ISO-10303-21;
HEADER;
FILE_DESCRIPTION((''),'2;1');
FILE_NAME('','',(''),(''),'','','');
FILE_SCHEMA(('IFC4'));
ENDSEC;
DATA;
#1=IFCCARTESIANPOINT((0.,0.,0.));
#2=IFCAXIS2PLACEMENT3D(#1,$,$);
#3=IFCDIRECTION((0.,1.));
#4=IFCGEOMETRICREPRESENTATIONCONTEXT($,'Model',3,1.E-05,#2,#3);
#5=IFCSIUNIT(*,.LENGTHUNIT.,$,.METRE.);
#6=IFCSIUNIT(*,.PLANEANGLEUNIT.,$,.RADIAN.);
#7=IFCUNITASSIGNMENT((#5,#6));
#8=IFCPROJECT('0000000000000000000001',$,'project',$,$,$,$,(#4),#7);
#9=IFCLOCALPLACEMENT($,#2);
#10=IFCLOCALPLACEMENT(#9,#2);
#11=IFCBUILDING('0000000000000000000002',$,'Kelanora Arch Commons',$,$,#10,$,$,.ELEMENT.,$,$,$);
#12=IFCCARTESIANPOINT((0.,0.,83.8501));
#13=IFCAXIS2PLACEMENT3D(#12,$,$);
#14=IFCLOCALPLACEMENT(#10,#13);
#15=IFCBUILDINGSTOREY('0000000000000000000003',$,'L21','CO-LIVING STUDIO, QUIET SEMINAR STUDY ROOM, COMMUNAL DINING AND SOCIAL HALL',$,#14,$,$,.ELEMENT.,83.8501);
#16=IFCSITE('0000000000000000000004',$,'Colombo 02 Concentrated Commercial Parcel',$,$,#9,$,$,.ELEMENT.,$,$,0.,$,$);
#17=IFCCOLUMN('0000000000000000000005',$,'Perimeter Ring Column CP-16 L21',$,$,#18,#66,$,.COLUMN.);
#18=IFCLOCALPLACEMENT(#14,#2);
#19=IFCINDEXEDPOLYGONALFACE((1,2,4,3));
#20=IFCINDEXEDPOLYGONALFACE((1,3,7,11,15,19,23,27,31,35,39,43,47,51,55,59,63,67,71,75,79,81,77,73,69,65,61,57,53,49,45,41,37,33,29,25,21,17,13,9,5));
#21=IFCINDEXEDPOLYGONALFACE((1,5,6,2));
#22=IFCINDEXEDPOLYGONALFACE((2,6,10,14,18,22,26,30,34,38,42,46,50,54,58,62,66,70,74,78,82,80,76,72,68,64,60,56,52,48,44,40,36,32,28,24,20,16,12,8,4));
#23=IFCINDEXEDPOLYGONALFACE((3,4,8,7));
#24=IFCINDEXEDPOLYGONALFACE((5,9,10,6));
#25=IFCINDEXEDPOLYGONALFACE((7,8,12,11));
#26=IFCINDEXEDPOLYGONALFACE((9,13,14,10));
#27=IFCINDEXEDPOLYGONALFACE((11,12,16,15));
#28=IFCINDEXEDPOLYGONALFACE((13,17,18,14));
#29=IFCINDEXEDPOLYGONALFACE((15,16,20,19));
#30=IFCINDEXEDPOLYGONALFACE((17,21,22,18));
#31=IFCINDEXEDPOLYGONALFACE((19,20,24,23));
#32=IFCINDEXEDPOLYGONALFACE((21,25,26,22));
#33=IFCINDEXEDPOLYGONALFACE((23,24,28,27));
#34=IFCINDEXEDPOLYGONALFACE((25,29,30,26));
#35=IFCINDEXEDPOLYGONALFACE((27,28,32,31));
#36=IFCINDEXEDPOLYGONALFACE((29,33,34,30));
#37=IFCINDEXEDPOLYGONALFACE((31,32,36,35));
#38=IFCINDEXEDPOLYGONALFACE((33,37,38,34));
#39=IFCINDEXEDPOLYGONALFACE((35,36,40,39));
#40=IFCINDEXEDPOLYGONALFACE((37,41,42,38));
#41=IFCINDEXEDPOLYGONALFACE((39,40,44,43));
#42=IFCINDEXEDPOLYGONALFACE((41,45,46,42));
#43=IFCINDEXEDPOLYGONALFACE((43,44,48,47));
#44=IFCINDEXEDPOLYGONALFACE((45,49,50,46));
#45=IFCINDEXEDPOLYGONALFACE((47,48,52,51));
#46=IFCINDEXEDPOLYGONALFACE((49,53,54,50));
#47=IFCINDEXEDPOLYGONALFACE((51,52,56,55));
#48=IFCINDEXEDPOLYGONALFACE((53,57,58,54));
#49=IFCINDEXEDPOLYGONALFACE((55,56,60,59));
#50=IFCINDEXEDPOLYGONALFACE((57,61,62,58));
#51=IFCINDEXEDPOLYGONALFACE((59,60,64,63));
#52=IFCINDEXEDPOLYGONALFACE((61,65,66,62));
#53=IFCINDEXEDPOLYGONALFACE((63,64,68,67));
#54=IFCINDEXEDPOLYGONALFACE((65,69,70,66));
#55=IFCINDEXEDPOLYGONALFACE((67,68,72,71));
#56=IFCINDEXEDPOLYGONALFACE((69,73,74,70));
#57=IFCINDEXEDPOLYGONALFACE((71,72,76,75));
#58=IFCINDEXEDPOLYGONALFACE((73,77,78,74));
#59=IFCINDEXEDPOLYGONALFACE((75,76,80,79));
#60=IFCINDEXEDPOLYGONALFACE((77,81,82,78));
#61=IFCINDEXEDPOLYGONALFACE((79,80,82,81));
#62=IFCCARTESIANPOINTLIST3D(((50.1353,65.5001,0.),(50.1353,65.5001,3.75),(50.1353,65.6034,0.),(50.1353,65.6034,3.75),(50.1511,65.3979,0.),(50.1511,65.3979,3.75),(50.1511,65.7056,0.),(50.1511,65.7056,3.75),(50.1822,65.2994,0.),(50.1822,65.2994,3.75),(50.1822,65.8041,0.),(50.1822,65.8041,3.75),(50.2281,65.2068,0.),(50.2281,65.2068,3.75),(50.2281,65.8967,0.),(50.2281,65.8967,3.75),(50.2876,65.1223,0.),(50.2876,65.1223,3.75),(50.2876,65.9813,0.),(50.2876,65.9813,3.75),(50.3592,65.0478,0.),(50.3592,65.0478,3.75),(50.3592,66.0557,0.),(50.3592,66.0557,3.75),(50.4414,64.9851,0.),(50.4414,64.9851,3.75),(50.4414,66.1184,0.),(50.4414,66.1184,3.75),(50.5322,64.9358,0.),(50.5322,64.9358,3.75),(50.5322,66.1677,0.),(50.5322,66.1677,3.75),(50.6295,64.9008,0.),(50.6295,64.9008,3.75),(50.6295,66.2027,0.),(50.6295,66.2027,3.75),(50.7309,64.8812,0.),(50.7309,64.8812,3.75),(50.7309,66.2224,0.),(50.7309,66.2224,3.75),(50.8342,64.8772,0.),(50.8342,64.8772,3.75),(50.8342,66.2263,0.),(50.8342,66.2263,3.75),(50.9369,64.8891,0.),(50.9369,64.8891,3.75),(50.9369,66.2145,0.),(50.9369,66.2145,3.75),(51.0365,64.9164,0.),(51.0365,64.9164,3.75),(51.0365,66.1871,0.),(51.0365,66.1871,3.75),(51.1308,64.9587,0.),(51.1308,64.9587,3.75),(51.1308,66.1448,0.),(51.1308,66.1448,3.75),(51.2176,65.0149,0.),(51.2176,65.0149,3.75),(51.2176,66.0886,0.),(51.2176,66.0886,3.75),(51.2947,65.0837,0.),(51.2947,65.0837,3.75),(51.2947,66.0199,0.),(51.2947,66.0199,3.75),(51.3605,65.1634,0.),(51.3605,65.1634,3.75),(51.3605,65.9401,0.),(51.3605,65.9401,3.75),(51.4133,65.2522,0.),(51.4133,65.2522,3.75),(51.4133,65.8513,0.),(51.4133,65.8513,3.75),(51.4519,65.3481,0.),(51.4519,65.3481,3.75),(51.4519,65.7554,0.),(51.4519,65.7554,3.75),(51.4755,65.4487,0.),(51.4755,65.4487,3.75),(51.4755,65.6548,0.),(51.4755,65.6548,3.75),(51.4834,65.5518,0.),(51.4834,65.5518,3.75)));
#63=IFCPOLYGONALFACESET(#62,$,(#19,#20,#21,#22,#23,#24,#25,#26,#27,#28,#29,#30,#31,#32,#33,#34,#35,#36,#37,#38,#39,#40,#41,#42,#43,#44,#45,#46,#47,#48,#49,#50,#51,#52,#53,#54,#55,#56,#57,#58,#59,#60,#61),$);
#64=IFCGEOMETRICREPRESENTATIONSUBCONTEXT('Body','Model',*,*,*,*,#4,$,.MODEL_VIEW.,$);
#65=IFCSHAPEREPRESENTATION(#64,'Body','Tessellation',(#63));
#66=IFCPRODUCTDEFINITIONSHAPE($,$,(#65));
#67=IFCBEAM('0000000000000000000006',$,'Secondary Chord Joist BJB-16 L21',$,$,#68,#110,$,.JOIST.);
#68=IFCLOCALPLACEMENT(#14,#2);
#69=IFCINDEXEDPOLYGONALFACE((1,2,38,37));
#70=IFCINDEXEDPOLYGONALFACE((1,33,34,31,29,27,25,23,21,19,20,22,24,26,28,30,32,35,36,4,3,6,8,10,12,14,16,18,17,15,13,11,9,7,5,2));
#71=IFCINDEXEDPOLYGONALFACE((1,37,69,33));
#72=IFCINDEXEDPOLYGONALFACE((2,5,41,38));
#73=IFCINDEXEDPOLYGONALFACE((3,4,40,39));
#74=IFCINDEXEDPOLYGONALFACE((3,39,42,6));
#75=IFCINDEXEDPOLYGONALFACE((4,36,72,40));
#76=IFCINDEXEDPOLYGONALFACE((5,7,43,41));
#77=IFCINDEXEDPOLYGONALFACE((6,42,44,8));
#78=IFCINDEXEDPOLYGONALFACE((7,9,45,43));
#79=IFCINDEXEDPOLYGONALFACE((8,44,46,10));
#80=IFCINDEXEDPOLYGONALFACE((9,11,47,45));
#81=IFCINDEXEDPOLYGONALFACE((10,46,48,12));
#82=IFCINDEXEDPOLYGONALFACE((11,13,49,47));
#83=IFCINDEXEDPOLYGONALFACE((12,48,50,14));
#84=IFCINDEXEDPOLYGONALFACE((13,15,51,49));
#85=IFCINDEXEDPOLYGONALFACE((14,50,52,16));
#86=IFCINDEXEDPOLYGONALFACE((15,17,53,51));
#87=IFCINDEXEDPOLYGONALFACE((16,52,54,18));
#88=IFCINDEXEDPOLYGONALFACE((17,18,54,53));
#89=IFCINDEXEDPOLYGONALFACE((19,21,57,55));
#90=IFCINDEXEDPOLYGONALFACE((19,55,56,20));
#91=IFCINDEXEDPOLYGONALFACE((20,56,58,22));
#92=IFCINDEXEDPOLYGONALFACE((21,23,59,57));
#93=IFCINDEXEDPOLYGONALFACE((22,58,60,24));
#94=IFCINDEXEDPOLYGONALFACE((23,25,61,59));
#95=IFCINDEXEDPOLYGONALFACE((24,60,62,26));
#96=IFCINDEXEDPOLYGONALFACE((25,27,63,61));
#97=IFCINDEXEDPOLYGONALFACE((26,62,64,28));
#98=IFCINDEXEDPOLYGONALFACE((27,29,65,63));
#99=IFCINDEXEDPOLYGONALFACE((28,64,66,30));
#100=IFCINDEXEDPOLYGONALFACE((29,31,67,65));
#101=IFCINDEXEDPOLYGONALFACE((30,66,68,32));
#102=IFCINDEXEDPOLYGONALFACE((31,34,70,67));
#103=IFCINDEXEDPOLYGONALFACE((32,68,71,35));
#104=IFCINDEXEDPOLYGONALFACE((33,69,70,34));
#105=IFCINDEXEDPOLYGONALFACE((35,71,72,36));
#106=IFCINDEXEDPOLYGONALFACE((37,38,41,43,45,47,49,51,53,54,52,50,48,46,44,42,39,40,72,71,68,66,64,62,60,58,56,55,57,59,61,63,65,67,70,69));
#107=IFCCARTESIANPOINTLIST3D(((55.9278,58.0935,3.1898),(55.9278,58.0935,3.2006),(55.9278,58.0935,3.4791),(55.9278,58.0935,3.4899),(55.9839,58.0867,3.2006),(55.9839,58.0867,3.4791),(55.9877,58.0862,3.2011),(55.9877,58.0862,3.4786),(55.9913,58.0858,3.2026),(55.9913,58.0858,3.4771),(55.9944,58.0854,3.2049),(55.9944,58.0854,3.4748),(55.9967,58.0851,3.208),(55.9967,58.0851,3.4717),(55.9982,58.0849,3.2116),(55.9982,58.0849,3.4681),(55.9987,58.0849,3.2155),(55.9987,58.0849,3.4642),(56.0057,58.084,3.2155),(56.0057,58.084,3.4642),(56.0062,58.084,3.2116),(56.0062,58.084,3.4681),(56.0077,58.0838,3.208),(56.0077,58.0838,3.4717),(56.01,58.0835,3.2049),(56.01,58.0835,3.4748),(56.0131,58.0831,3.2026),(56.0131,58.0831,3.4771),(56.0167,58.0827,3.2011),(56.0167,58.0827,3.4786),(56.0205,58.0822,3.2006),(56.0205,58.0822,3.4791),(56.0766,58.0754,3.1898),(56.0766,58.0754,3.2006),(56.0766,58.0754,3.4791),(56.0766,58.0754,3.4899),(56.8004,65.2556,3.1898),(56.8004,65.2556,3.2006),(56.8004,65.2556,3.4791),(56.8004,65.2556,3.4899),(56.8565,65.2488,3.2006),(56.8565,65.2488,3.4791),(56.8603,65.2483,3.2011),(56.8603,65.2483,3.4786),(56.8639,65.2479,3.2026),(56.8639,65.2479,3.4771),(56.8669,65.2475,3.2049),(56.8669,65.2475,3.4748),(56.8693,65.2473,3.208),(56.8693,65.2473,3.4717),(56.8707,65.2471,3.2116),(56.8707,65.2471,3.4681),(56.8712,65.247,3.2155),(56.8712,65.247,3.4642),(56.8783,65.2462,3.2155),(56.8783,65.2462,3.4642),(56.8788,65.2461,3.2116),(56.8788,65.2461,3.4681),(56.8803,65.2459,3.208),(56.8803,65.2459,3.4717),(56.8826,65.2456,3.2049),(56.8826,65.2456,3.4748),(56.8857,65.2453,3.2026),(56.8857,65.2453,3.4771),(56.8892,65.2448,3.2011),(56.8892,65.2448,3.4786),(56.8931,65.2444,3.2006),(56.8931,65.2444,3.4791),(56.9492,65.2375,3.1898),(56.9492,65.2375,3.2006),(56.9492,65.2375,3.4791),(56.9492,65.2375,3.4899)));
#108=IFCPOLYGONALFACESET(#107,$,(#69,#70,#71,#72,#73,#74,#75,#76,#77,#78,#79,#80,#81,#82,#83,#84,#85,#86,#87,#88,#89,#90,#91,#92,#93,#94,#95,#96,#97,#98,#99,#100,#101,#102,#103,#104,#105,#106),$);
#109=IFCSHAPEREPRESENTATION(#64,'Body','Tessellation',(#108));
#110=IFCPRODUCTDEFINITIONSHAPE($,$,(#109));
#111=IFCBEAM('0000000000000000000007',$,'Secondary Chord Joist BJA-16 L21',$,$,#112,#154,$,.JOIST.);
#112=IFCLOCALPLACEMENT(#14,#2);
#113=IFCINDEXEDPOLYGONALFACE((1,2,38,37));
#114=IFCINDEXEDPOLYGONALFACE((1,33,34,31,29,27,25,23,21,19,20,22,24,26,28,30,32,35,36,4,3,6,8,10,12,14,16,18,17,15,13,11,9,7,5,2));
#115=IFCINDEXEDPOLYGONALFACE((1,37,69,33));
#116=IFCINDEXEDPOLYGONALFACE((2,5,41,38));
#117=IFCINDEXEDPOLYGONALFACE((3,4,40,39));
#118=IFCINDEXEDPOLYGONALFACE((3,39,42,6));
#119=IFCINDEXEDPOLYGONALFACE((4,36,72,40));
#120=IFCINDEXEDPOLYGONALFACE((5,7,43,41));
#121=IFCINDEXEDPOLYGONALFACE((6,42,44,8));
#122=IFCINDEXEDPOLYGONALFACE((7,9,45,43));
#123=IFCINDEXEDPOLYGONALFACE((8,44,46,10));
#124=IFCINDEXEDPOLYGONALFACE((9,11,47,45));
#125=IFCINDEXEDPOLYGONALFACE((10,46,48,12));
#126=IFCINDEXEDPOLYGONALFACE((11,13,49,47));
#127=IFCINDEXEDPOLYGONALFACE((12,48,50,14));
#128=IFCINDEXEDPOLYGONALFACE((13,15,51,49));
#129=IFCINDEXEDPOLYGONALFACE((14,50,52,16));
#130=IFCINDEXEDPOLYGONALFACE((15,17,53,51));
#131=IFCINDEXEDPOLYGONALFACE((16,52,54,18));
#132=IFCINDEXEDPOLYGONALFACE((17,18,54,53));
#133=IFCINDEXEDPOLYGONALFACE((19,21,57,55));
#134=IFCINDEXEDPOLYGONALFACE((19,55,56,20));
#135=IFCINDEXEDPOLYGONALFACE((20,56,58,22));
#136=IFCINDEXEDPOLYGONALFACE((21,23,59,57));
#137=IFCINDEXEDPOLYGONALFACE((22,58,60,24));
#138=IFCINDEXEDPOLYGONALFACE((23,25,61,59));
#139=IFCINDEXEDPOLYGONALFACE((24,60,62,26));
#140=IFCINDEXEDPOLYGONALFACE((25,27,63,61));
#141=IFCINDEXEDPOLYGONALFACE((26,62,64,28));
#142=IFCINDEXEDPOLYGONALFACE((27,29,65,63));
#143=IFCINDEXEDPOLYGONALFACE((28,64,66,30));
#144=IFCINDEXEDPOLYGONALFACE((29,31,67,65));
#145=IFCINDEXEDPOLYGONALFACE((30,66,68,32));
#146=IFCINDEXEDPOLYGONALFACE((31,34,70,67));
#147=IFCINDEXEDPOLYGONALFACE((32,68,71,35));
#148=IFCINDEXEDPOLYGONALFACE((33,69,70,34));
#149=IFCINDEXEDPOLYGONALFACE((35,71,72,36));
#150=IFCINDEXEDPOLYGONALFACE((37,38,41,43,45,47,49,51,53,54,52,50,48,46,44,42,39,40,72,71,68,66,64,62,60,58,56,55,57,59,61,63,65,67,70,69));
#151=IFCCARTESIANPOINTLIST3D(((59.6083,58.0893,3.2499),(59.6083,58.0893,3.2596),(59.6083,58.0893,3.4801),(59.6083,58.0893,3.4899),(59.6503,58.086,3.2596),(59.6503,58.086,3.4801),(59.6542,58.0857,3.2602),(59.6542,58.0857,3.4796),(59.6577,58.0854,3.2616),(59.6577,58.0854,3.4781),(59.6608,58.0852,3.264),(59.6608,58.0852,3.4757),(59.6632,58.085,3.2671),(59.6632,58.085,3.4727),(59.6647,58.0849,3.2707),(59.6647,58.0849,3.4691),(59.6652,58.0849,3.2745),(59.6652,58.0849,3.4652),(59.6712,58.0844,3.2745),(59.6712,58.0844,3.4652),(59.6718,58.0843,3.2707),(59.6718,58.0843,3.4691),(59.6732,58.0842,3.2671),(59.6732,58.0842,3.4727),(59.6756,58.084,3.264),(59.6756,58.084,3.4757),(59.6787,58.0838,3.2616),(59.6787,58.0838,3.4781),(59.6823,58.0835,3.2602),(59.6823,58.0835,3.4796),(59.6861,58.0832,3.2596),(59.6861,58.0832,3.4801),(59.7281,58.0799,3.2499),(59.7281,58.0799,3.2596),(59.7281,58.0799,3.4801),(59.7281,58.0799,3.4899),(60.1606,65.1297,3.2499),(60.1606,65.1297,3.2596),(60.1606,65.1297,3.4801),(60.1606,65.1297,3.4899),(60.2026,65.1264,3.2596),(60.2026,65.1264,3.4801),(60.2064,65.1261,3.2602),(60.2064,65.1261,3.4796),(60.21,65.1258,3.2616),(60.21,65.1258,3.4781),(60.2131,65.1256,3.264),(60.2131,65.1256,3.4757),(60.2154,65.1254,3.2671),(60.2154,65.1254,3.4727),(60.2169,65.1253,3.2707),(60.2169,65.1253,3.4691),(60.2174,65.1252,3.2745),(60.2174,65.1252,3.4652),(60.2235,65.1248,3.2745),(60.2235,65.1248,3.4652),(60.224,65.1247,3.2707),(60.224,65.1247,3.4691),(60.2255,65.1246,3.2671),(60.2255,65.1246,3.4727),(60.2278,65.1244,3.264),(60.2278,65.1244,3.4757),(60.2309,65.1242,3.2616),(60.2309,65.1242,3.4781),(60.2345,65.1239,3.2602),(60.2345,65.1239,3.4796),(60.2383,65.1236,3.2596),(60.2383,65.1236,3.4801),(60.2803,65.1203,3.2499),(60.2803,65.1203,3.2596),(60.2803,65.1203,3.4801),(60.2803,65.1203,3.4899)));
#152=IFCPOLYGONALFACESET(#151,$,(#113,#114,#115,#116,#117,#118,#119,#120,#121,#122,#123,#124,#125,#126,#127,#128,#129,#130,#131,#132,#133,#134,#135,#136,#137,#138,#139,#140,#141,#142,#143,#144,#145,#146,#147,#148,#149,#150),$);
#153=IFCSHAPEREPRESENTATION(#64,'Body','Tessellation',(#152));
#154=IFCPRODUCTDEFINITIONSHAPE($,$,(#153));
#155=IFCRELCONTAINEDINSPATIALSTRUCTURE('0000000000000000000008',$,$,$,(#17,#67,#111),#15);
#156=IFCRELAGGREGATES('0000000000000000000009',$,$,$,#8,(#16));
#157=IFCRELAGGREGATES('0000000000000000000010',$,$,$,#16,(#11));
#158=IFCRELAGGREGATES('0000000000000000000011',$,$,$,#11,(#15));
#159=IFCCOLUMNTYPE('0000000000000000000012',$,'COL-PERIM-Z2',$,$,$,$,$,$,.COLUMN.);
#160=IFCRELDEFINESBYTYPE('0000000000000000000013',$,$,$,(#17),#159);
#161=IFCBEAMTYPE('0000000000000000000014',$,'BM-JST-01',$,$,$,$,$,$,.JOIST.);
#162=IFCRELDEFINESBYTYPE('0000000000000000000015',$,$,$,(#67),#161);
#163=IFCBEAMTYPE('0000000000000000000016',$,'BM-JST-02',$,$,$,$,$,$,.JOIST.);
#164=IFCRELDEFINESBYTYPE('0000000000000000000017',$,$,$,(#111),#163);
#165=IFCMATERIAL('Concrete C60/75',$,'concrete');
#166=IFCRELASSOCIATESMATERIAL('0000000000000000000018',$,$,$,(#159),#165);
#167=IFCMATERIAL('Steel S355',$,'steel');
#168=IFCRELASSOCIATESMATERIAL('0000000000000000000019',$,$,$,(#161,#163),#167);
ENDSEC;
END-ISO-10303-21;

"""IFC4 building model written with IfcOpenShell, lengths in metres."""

from ifc_helpers import new_model, si_unit, direction, frame, origin, origin_2d, place, context, subcontext, project, spatial, circle, i_section, extrude, material, material_profile, profile_set, type_object, element, save


model = new_model("IFC4")

# Units and contexts
model_context = context("Model", 3, precision=1e-05, world=origin(), true_north=direction((0.0, 1.0)))
body_context = subcontext(model_context, "Body", "Model", "MODEL_VIEW")
ifc_project = project(units=[si_unit("LENGTHUNIT", "METRE"), si_unit("PLANEANGLEUNIT", "RADIAN")], contexts=[model_context])

# Site, building, storey
site_placement = place(None, origin())
site = spatial("IfcSite", under=ifc_project, at=site_placement, Name="Colombo 02 Concentrated Commercial Parcel", CompositionType="ELEMENT", RefElevation=0.0)
building_placement = place(site_placement, origin())
building = spatial("IfcBuilding", under=site, at=building_placement, Name="Kelanora Arch Commons", CompositionType="ELEMENT")
storey_placement = place(building_placement, frame((0.0, 0.0, 83.8501)))
storey = spatial("IfcBuildingStorey", under=building, at=storey_placement, Name="L21", Description="CO-LIVING STUDIO, QUIET SEMINAR STUDY ROOM, COMMUNAL DINING AND SOCIAL HALL", CompositionType="ELEMENT", Elevation=83.8501)

# Column
ifc_material_1 = material(Name="Concrete C60/75", Category="concrete")
ifc_material_profile_1 = material_profile(ifc_material_1, circle(Radius=0.675, at=origin_2d()), Name="RCC1350")
ifc_profile_set_1 = profile_set([ifc_material_profile_1], Name="Concrete C60/75")
column_type = type_object("IfcColumnType", Name="COL-PERIM-Z2", PredefinedType="COLUMN", material=ifc_profile_set_1)
column_placement = place(storey_placement, frame((50.8083, 65.5518, 0.0), z_axis=(0.0, 0.0, 1.0), x_axis=(1.0, 0.0, 0.0)))
element("IfcColumn", 1, at=column_placement, inside=storey, type_object=column_type, Name="Perimeter Ring Column CP-16 L21", PredefinedType="COLUMN", context=body_context, shape_type="SweptSolid", body=[
    extrude(circle(Radius=0.675, at=origin_2d()), origin(), (0.0, 0.0, 1.0), 3.75),
])

# Beams
ifc_material_2 = material(Name="Steel S355", Category="steel")
ifc_material_profile_2 = material_profile(ifc_material_2, i_section(OverallWidth=0.1499, OverallDepth=0.3, WebThickness=0.0071, FlangeThickness=0.0107, FilletRadius=0.0149, at=origin_2d()), Name="IPE300")
ifc_profile_set_2 = profile_set([ifc_material_profile_2], Name="Steel S355")
beam_type_1 = type_object("IfcBeamType", Name="BM-JST-01", PredefinedType="JOIST", material=ifc_profile_set_2)
beam_1_placement = place(storey_placement, frame((56.8748, 65.2466, 3.3398), z_axis=(-0.120936, -0.99266, 0.0), x_axis=(0.99266, -0.120936, 0.0)))
element("IfcBeam", 2, at=beam_1_placement, inside=storey, type_object=beam_type_1, Name="Secondary Chord Joist BJB-16 L21", PredefinedType="JOIST", context=body_context, shape_type="SweptSolid", body=[
    extrude(i_section(OverallWidth=0.1499, OverallDepth=0.3, WebThickness=0.0071, FlangeThickness=0.0107, FilletRadius=0.0149, at=origin_2d()), origin(), (0.0, 0.0, 1.0), 7.2151),
])
ifc_material_profile_3 = material_profile(ifc_material_2, i_section(OverallWidth=0.1201, OverallDepth=0.24, WebThickness=0.0061, FlangeThickness=0.0098, FilletRadius=0.0149, at=origin_2d()), Name="IPE240")
ifc_profile_set_3 = profile_set([ifc_material_profile_3], Name="Steel S355")
beam_type_2 = type_object("IfcBeamType", Name="BM-JST-02", PredefinedType="JOIST", material=ifc_profile_set_3)
beam_2_placement = place(storey_placement, frame((60.2205, 65.125, 3.3699), z_axis=(-0.078201, -0.996938, 0.0), x_axis=(0.996938, -0.078201, 0.0)))
element("IfcBeam", 3, at=beam_2_placement, inside=storey, type_object=beam_type_2, Name="Secondary Chord Joist BJA-16 L21", PredefinedType="JOIST", context=body_context, shape_type="SweptSolid", body=[
    extrude(i_section(OverallWidth=0.1201, OverallDepth=0.24, WebThickness=0.0061, FlangeThickness=0.0098, FilletRadius=0.0149, at=origin_2d()), origin(), (0.0, 0.0, 1.0), 7.062),
])

save(model, "model.ifc")
